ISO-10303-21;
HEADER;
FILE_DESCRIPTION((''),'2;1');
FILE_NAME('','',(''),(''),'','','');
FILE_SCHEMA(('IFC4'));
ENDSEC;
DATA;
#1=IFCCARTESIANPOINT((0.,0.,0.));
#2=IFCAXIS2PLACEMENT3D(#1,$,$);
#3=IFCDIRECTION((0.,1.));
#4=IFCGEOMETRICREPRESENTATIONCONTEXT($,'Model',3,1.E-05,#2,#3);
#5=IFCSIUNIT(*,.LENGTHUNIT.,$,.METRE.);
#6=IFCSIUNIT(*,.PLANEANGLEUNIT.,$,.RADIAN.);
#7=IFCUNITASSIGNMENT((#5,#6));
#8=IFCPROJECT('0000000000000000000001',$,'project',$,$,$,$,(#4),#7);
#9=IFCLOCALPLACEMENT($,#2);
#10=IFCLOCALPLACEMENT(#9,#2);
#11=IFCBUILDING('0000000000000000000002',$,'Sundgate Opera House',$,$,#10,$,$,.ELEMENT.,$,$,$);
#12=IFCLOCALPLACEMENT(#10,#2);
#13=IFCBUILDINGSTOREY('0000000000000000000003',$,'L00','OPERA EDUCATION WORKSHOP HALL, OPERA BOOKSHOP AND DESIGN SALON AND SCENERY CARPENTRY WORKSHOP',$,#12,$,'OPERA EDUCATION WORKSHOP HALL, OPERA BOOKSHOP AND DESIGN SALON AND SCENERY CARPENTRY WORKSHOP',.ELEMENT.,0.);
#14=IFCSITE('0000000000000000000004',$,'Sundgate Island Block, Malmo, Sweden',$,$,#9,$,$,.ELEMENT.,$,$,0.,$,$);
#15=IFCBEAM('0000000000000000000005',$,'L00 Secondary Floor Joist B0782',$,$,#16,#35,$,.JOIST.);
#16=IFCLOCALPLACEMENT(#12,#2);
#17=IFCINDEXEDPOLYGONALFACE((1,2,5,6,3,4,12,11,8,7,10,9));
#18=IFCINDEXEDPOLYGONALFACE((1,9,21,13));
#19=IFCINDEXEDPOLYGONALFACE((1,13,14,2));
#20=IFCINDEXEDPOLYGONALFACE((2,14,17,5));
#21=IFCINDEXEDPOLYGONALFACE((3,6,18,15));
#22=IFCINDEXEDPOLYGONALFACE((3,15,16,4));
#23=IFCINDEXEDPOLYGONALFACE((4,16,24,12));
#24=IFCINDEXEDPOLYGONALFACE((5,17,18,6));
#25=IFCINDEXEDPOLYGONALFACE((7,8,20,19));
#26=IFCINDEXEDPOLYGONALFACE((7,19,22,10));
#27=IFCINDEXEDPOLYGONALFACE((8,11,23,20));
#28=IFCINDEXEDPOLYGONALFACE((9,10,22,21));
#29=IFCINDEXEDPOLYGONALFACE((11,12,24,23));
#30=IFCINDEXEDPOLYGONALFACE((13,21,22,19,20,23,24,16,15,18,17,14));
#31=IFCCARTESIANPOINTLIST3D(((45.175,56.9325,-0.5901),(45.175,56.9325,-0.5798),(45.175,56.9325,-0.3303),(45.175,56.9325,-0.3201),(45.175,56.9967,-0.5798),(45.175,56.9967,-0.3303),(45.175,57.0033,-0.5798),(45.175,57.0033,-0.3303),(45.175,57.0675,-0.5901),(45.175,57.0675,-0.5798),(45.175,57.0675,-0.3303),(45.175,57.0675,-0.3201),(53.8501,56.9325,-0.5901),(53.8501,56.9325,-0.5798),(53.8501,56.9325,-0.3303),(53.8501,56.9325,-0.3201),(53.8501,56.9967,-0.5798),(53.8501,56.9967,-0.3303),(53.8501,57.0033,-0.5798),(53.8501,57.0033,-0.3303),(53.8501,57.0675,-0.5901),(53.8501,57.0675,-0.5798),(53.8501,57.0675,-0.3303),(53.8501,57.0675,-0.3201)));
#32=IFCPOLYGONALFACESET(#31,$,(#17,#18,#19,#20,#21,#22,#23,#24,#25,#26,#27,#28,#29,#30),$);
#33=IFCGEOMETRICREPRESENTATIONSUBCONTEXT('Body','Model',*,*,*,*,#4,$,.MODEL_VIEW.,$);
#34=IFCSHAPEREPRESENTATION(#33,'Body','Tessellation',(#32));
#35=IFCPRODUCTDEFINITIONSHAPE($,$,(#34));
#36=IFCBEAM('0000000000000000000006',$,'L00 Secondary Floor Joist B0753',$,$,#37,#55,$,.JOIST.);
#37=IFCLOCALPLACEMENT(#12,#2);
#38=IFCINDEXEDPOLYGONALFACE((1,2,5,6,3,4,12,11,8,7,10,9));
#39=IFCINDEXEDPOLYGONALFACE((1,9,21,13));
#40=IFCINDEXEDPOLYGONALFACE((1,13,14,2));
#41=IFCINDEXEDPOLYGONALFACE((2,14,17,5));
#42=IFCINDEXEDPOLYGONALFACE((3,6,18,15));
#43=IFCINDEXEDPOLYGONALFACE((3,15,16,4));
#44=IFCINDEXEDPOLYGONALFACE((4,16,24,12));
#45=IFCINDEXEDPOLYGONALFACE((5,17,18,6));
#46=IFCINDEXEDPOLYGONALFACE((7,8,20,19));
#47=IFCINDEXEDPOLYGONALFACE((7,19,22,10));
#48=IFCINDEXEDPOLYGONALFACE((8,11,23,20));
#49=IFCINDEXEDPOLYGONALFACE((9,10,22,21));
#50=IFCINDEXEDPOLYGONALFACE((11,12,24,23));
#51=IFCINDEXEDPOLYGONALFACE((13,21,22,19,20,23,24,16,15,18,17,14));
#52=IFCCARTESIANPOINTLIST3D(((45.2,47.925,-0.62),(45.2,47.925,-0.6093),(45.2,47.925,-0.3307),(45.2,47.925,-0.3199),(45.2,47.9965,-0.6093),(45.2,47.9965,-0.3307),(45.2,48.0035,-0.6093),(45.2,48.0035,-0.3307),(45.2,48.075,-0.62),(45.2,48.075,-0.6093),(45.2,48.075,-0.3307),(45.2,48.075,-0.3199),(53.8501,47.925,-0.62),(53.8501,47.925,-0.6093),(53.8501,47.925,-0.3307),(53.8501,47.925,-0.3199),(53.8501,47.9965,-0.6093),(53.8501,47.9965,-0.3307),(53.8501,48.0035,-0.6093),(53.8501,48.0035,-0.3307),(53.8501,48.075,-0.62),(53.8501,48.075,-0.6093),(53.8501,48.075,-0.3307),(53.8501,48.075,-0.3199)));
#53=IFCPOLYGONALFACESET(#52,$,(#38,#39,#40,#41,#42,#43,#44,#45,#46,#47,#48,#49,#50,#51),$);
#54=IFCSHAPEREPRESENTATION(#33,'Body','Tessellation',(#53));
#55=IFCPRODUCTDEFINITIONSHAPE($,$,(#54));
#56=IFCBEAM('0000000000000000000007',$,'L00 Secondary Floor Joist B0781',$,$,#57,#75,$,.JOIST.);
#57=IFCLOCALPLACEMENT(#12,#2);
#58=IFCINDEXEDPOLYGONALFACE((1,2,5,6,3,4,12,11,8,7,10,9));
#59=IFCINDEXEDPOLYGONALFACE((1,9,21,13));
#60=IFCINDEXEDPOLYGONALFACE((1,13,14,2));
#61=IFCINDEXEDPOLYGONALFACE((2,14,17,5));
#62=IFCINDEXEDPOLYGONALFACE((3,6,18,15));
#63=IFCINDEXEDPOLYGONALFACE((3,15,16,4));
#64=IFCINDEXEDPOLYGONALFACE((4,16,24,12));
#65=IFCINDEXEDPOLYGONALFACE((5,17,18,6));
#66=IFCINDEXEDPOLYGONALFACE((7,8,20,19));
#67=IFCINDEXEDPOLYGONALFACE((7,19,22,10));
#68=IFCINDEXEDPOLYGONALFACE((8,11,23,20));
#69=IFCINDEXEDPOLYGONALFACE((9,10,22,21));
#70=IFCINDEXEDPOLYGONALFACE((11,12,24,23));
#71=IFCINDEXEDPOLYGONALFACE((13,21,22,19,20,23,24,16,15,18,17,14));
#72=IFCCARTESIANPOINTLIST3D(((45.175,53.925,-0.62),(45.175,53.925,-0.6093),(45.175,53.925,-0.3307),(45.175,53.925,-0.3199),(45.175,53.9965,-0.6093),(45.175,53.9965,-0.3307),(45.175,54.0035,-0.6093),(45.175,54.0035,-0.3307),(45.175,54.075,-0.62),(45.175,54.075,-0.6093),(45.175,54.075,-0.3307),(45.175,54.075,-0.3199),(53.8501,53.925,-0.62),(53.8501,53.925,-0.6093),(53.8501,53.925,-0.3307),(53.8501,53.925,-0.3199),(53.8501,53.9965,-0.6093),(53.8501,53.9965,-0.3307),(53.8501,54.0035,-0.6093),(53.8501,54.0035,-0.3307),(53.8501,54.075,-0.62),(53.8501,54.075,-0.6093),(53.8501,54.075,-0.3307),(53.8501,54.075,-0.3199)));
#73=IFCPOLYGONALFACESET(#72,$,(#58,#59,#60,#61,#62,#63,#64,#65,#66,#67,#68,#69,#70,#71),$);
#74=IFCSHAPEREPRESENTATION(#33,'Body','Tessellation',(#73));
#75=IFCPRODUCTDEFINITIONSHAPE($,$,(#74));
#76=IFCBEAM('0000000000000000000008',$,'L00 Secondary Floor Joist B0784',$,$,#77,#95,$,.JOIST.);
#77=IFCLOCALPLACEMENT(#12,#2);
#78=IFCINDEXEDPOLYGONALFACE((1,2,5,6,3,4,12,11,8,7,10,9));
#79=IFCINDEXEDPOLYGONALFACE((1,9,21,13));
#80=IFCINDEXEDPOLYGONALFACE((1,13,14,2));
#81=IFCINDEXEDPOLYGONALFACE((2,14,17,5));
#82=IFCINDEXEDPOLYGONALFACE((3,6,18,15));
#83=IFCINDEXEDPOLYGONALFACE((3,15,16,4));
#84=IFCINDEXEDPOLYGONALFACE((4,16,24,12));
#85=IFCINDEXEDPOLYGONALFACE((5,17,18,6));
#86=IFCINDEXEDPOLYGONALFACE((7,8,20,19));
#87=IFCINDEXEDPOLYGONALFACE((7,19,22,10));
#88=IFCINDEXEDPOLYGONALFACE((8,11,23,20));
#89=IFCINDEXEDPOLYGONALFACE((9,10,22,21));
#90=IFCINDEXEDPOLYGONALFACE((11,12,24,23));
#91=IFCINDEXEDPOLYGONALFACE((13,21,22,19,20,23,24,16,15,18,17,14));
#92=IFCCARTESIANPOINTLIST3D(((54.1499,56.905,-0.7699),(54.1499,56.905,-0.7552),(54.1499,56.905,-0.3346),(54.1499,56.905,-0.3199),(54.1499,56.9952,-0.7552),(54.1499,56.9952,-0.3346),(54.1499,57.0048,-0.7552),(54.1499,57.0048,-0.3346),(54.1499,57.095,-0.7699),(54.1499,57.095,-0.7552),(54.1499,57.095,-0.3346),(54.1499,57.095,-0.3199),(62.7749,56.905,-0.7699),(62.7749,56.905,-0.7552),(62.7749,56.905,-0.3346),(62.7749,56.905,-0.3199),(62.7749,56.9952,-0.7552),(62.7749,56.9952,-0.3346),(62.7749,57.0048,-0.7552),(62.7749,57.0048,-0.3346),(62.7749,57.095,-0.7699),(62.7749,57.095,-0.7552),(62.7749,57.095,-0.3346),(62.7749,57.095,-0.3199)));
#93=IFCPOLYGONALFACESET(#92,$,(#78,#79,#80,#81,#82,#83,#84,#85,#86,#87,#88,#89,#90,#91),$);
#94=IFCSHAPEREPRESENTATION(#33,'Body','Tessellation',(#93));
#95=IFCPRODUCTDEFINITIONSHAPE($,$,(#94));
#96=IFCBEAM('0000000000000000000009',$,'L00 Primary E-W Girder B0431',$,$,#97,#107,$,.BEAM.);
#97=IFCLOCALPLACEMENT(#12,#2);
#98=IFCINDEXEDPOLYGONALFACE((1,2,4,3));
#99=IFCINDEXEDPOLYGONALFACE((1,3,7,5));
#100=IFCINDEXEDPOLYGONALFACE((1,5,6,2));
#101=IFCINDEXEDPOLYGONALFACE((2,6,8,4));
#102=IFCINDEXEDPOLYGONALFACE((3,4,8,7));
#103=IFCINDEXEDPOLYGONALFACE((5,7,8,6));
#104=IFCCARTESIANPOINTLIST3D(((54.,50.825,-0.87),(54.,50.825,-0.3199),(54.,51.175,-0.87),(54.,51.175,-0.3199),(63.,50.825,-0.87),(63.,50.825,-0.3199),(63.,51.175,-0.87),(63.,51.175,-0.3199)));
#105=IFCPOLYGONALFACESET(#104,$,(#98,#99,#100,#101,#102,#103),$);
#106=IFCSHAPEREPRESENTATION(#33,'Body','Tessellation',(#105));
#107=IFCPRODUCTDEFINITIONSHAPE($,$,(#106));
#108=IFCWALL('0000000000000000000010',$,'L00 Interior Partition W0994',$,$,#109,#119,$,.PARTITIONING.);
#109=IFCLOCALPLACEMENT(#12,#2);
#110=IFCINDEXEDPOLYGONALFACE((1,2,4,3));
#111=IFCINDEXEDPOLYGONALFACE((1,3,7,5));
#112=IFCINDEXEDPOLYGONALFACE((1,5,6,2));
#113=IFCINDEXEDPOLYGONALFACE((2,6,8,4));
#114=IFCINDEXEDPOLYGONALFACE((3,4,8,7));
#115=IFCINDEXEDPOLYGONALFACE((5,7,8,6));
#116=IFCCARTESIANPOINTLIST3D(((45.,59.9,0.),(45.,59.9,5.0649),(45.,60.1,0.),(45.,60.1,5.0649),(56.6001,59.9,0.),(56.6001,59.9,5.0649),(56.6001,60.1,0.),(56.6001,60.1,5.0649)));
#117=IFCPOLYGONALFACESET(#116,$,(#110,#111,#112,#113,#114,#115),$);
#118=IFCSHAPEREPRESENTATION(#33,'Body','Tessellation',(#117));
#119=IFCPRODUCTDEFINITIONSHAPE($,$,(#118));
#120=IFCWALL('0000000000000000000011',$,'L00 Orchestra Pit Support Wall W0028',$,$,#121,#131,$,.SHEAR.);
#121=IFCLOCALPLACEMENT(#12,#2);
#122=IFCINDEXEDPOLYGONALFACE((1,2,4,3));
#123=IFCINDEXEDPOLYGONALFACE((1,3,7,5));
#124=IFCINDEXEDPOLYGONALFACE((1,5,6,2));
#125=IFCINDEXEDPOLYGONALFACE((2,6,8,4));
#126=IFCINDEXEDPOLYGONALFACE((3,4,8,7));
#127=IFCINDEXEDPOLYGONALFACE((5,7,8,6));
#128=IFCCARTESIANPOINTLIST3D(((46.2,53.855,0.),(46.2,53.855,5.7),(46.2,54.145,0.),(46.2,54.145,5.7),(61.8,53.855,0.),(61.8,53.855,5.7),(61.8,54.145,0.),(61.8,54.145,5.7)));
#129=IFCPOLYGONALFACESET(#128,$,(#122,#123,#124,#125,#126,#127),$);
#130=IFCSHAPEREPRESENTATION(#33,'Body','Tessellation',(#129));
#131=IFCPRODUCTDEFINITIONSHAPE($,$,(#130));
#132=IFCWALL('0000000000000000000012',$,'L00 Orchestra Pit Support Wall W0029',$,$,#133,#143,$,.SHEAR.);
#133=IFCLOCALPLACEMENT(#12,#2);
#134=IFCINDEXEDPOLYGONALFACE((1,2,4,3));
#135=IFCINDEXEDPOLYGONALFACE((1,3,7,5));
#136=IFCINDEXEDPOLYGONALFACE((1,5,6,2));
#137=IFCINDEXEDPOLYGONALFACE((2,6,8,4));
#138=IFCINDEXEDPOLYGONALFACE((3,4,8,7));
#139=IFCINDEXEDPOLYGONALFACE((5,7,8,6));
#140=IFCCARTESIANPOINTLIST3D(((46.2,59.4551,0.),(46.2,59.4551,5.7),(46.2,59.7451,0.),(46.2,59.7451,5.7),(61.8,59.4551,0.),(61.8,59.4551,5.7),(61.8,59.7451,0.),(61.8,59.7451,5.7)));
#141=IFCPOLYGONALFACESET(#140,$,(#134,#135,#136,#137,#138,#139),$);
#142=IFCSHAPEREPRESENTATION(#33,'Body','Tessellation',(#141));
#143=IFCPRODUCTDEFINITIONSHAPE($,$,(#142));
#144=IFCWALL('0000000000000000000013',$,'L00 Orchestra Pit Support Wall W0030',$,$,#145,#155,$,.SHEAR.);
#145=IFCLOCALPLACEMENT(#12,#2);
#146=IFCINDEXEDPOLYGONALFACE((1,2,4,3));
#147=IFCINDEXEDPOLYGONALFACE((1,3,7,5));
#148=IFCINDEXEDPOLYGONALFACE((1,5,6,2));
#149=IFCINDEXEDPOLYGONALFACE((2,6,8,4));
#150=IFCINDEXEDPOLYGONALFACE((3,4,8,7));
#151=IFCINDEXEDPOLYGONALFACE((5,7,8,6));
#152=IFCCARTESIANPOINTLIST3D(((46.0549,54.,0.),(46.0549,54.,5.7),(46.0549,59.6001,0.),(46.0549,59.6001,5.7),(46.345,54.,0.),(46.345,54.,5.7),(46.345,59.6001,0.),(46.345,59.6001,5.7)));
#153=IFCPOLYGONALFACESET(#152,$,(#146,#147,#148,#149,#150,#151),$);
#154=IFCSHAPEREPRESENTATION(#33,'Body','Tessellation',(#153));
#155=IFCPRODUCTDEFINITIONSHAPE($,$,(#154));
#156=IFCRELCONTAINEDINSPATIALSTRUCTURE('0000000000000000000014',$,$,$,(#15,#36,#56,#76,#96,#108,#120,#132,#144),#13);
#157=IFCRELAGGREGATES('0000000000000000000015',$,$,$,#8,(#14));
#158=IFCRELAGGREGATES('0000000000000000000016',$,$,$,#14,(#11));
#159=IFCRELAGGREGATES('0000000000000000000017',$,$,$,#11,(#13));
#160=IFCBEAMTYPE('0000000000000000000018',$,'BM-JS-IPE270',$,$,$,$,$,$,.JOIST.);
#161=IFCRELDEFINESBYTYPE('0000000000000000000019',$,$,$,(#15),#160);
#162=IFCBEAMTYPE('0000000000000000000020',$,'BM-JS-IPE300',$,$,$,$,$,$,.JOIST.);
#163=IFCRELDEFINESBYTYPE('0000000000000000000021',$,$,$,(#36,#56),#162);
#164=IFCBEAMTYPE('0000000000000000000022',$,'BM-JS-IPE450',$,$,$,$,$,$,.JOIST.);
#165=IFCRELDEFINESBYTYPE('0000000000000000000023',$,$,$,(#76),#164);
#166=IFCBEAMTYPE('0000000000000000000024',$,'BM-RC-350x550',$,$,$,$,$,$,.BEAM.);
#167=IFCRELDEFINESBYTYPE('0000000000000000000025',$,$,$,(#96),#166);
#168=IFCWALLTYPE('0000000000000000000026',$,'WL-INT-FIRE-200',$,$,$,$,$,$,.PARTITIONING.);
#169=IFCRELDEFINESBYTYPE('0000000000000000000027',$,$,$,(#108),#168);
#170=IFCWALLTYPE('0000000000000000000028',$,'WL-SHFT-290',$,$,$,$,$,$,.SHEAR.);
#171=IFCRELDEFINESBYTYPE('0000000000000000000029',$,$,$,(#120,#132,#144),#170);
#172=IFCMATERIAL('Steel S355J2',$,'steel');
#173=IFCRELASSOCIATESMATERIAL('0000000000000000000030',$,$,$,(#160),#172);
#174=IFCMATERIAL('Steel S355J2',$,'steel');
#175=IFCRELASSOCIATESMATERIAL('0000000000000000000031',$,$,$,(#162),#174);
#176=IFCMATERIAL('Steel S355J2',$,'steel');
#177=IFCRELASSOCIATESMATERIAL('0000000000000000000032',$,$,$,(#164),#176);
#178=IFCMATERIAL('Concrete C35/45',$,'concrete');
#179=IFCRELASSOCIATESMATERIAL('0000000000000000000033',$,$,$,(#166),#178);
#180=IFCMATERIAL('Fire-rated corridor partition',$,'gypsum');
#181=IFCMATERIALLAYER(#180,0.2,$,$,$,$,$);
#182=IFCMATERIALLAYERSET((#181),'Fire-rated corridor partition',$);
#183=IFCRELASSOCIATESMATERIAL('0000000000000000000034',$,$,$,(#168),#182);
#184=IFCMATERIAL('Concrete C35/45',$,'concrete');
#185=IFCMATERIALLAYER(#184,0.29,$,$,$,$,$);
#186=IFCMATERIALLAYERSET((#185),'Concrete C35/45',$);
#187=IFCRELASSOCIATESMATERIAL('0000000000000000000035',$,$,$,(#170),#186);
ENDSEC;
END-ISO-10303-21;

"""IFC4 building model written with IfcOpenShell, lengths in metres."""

from ifc_helpers import new_model, si_unit, direction, frame, frame_2d, origin, origin_2d, place, context, subcontext, project, spatial, rectangle, i_section, extrude, material, layer, layer_set, material_profile, profile_set, type_object, element, save


model = new_model("IFC4")

# Units and contexts
model_context = context("Model", 3, precision=1e-05, world=origin(), true_north=direction((0.0, 1.0)))
body_context = subcontext(model_context, "Body", "Model", "MODEL_VIEW")
ifc_project = project(units=[si_unit("LENGTHUNIT", "METRE"), si_unit("PLANEANGLEUNIT", "RADIAN")], contexts=[model_context])

# Site, building, storey
site_placement = place(None, origin())
site = spatial("IfcSite", under=ifc_project, at=site_placement, Name="Sundgate Island Block, Malmo, Sweden", CompositionType="ELEMENT", RefElevation=0.0)
building_placement = place(site_placement, origin())
building = spatial("IfcBuilding", under=site, at=building_placement, Name="Sundgate Opera House", CompositionType="ELEMENT")
storey_placement = place(building_placement, origin())
storey = spatial("IfcBuildingStorey", under=building, at=storey_placement, Name="L00", Description="OPERA EDUCATION WORKSHOP HALL, OPERA BOOKSHOP AND DESIGN SALON AND SCENERY CARPENTRY WORKSHOP", LongName="OPERA EDUCATION WORKSHOP HALL, OPERA BOOKSHOP AND DESIGN SALON AND SCENERY CARPENTRY WORKSHOP", CompositionType="ELEMENT", Elevation=0.0)

# Beams
ifc_material_1 = material(Name="Steel S355J2", Category="steel")
ifc_material_profile_1 = material_profile(ifc_material_1, i_section(OverallWidth=0.135, OverallDepth=0.27, WebThickness=0.0066, FlangeThickness=0.0103, at=origin_2d()), Name="IPE 270")
ifc_profile_set_1 = profile_set([ifc_material_profile_1], Name="Steel S355J2")
beam_type_1 = type_object("IfcBeamType", Name="BM-JS-IPE270", PredefinedType="JOIST", material=ifc_profile_set_1)
beam_1_placement = place(storey_placement, frame((45.175, 57.0, -0.4551), z_axis=(1.0, 0.0, 0.0), x_axis=(0.0, 1.0, 0.0)))
element("IfcBeam", 1, at=beam_1_placement, inside=storey, type_object=beam_type_1, Name="L00 Secondary Floor Joist B0782", PredefinedType="JOIST", context=body_context, shape_type="SweptSolid", body=[
    extrude(i_section(OverallWidth=0.135, OverallDepth=0.27, WebThickness=0.0066, FlangeThickness=0.0103, at=origin_2d()), origin(), (0.0, 0.0, 1.0), 8.675),
])
ifc_material_2 = material(Name="Steel S355J2", Category="steel")
ifc_material_profile_2 = material_profile(ifc_material_2, i_section(OverallWidth=0.1499, OverallDepth=0.3, WebThickness=0.0071, FlangeThickness=0.0107, at=origin_2d()), Name="IPE 300")
ifc_profile_set_2 = profile_set([ifc_material_profile_2], Name="Steel S355J2")
beam_type_2 = type_object("IfcBeamType", Name="BM-JS-IPE300", PredefinedType="JOIST", material=ifc_profile_set_2)
beam_2_placement = place(storey_placement, frame((45.2, 48.0, -0.47), z_axis=(1.0, 0.0, 0.0), x_axis=(0.0, 1.0, 0.0)))
element("IfcBeam", 2, at=beam_2_placement, inside=storey, type_object=beam_type_2, Name="L00 Secondary Floor Joist B0753", PredefinedType="JOIST", context=body_context, shape_type="SweptSolid", body=[
    extrude(i_section(OverallWidth=0.1499, OverallDepth=0.3, WebThickness=0.0071, FlangeThickness=0.0107, at=origin_2d()), origin(), (0.0, 0.0, 1.0), 8.6501),
])
beam_3_placement = place(storey_placement, frame((45.175, 54.0, -0.47), z_axis=(1.0, 0.0, 0.0), x_axis=(0.0, 1.0, 0.0)))
element("IfcBeam", 3, at=beam_3_placement, inside=storey, type_object=beam_type_2, Name="L00 Secondary Floor Joist B0781", PredefinedType="JOIST", context=body_context, shape_type="SweptSolid", body=[
    extrude(i_section(OverallWidth=0.1499, OverallDepth=0.3, WebThickness=0.0071, FlangeThickness=0.0107, at=origin_2d()), origin(), (0.0, 0.0, 1.0), 8.675),
])
ifc_material_3 = material(Name="Steel S355J2", Category="steel")
ifc_material_profile_3 = material_profile(ifc_material_3, i_section(OverallWidth=0.1899, OverallDepth=0.45, WebThickness=0.0095, FlangeThickness=0.0146, at=origin_2d()), Name="IPE 450")
ifc_profile_set_3 = profile_set([ifc_material_profile_3], Name="Steel S355J2")
beam_type_3 = type_object("IfcBeamType", Name="BM-JS-IPE450", PredefinedType="JOIST", material=ifc_profile_set_3)
beam_4_placement = place(storey_placement, frame((54.1499, 57.0, -0.5449), z_axis=(1.0, 0.0, 0.0), x_axis=(0.0, 1.0, 0.0)))
element("IfcBeam", 4, at=beam_4_placement, inside=storey, type_object=beam_type_3, Name="L00 Secondary Floor Joist B0784", PredefinedType="JOIST", context=body_context, shape_type="SweptSolid", body=[
    extrude(i_section(OverallWidth=0.1899, OverallDepth=0.45, WebThickness=0.0095, FlangeThickness=0.0146, at=origin_2d()), origin(), (0.0, 0.0, 1.0), 8.625),
])
ifc_material_4 = material(Name="Concrete C35/45", Category="concrete")
ifc_material_profile_4 = material_profile(ifc_material_4, rectangle(XDim=0.3501, YDim=0.55, at=origin_2d()), Name="RC 350x550")
ifc_profile_set_4 = profile_set([ifc_material_profile_4], Name="Concrete C35/45")
beam_type_4 = type_object("IfcBeamType", Name="BM-RC-350x550", PredefinedType="BEAM", material=ifc_profile_set_4)
beam_5_placement = place(storey_placement, frame((54.0, 51.0, -0.595), z_axis=(1.0, 0.0, 0.0), x_axis=(0.0, 1.0, 0.0)))
element("IfcBeam", 5, at=beam_5_placement, inside=storey, type_object=beam_type_4, Name="L00 Primary E-W Girder B0431", PredefinedType="BEAM", context=body_context, shape_type="SweptSolid", body=[
    extrude(rectangle(XDim=0.3501, YDim=0.55, at=origin_2d()), origin(), (0.0, 0.0, 1.0), 9.0),
])

# Walls
ifc_material_5 = material(Name="Fire-rated corridor partition", Category="gypsum")
ifc_layer_1 = layer(ifc_material_5, 0.2)
ifc_layer_set_1 = layer_set([ifc_layer_1], Name="Fire-rated corridor partition")
wall_type_1 = type_object("IfcWallType", Name="WL-INT-FIRE-200", PredefinedType="PARTITIONING", material=ifc_layer_set_1)
wall_1_placement = place(storey_placement, frame((45.0, 60.0, 0.0), z_axis=(0.0, 0.0, 1.0), x_axis=(1.0, 0.0, 0.0)))
element("IfcWall", 6, at=wall_1_placement, inside=storey, type_object=wall_type_1, Name="L00 Interior Partition W0994", PredefinedType="PARTITIONING", context=body_context, shape_type="SweptSolid", body=[
    extrude(rectangle(XDim=11.6001, YDim=0.2, at=frame_2d((5.8, 0.0))), origin(), (0.0, 0.0, 1.0), 5.0649),
])
ifc_material_6 = material(Name="Concrete C35/45", Category="concrete")
ifc_layer_2 = layer(ifc_material_6, 0.29)
ifc_layer_set_2 = layer_set([ifc_layer_2], Name="Concrete C35/45")
wall_type_2 = type_object("IfcWallType", Name="WL-SHFT-290", PredefinedType="SHEAR", material=ifc_layer_set_2)
for number, where, z_axis, x_axis, name in (
    (7, (46.2, 54.0, 0.0), (0.0, 0.0, 1.0), (1.0, 0.0, 0.0), "L00 Orchestra Pit Support Wall W0028"),
    (8, (46.2, 59.6001, 0.0), (0.0, 0.0, 1.0), (1.0, 0.0, 0.0), "L00 Orchestra Pit Support Wall W0029"),
):
    element("IfcWall", number, at=place(storey_placement, frame(where, z_axis=z_axis, x_axis=x_axis)), inside=storey, type_object=wall_type_2, Name=name, PredefinedType="SHEAR", context=body_context, shape_type="SweptSolid", body=[
        extrude(rectangle(XDim=15.6001, YDim=0.29, at=frame_2d((7.8, 0.0))), origin(), (0.0, 0.0, 1.0), 5.7),
    ])
wall_2_placement = place(storey_placement, frame((46.2, 54.0, 0.0), z_axis=(0.0, 0.0, 1.0), x_axis=(0.0, 1.0, 0.0)))
element("IfcWall", 9, at=wall_2_placement, inside=storey, type_object=wall_type_2, Name="L00 Orchestra Pit Support Wall W0030", PredefinedType="SHEAR", context=body_context, shape_type="SweptSolid", body=[
    extrude(rectangle(XDim=5.6001, YDim=0.29, at=frame_2d((2.8, 0.0))), origin(), (0.0, 0.0, 1.0), 5.7),
])

save(model, "model.ifc")
